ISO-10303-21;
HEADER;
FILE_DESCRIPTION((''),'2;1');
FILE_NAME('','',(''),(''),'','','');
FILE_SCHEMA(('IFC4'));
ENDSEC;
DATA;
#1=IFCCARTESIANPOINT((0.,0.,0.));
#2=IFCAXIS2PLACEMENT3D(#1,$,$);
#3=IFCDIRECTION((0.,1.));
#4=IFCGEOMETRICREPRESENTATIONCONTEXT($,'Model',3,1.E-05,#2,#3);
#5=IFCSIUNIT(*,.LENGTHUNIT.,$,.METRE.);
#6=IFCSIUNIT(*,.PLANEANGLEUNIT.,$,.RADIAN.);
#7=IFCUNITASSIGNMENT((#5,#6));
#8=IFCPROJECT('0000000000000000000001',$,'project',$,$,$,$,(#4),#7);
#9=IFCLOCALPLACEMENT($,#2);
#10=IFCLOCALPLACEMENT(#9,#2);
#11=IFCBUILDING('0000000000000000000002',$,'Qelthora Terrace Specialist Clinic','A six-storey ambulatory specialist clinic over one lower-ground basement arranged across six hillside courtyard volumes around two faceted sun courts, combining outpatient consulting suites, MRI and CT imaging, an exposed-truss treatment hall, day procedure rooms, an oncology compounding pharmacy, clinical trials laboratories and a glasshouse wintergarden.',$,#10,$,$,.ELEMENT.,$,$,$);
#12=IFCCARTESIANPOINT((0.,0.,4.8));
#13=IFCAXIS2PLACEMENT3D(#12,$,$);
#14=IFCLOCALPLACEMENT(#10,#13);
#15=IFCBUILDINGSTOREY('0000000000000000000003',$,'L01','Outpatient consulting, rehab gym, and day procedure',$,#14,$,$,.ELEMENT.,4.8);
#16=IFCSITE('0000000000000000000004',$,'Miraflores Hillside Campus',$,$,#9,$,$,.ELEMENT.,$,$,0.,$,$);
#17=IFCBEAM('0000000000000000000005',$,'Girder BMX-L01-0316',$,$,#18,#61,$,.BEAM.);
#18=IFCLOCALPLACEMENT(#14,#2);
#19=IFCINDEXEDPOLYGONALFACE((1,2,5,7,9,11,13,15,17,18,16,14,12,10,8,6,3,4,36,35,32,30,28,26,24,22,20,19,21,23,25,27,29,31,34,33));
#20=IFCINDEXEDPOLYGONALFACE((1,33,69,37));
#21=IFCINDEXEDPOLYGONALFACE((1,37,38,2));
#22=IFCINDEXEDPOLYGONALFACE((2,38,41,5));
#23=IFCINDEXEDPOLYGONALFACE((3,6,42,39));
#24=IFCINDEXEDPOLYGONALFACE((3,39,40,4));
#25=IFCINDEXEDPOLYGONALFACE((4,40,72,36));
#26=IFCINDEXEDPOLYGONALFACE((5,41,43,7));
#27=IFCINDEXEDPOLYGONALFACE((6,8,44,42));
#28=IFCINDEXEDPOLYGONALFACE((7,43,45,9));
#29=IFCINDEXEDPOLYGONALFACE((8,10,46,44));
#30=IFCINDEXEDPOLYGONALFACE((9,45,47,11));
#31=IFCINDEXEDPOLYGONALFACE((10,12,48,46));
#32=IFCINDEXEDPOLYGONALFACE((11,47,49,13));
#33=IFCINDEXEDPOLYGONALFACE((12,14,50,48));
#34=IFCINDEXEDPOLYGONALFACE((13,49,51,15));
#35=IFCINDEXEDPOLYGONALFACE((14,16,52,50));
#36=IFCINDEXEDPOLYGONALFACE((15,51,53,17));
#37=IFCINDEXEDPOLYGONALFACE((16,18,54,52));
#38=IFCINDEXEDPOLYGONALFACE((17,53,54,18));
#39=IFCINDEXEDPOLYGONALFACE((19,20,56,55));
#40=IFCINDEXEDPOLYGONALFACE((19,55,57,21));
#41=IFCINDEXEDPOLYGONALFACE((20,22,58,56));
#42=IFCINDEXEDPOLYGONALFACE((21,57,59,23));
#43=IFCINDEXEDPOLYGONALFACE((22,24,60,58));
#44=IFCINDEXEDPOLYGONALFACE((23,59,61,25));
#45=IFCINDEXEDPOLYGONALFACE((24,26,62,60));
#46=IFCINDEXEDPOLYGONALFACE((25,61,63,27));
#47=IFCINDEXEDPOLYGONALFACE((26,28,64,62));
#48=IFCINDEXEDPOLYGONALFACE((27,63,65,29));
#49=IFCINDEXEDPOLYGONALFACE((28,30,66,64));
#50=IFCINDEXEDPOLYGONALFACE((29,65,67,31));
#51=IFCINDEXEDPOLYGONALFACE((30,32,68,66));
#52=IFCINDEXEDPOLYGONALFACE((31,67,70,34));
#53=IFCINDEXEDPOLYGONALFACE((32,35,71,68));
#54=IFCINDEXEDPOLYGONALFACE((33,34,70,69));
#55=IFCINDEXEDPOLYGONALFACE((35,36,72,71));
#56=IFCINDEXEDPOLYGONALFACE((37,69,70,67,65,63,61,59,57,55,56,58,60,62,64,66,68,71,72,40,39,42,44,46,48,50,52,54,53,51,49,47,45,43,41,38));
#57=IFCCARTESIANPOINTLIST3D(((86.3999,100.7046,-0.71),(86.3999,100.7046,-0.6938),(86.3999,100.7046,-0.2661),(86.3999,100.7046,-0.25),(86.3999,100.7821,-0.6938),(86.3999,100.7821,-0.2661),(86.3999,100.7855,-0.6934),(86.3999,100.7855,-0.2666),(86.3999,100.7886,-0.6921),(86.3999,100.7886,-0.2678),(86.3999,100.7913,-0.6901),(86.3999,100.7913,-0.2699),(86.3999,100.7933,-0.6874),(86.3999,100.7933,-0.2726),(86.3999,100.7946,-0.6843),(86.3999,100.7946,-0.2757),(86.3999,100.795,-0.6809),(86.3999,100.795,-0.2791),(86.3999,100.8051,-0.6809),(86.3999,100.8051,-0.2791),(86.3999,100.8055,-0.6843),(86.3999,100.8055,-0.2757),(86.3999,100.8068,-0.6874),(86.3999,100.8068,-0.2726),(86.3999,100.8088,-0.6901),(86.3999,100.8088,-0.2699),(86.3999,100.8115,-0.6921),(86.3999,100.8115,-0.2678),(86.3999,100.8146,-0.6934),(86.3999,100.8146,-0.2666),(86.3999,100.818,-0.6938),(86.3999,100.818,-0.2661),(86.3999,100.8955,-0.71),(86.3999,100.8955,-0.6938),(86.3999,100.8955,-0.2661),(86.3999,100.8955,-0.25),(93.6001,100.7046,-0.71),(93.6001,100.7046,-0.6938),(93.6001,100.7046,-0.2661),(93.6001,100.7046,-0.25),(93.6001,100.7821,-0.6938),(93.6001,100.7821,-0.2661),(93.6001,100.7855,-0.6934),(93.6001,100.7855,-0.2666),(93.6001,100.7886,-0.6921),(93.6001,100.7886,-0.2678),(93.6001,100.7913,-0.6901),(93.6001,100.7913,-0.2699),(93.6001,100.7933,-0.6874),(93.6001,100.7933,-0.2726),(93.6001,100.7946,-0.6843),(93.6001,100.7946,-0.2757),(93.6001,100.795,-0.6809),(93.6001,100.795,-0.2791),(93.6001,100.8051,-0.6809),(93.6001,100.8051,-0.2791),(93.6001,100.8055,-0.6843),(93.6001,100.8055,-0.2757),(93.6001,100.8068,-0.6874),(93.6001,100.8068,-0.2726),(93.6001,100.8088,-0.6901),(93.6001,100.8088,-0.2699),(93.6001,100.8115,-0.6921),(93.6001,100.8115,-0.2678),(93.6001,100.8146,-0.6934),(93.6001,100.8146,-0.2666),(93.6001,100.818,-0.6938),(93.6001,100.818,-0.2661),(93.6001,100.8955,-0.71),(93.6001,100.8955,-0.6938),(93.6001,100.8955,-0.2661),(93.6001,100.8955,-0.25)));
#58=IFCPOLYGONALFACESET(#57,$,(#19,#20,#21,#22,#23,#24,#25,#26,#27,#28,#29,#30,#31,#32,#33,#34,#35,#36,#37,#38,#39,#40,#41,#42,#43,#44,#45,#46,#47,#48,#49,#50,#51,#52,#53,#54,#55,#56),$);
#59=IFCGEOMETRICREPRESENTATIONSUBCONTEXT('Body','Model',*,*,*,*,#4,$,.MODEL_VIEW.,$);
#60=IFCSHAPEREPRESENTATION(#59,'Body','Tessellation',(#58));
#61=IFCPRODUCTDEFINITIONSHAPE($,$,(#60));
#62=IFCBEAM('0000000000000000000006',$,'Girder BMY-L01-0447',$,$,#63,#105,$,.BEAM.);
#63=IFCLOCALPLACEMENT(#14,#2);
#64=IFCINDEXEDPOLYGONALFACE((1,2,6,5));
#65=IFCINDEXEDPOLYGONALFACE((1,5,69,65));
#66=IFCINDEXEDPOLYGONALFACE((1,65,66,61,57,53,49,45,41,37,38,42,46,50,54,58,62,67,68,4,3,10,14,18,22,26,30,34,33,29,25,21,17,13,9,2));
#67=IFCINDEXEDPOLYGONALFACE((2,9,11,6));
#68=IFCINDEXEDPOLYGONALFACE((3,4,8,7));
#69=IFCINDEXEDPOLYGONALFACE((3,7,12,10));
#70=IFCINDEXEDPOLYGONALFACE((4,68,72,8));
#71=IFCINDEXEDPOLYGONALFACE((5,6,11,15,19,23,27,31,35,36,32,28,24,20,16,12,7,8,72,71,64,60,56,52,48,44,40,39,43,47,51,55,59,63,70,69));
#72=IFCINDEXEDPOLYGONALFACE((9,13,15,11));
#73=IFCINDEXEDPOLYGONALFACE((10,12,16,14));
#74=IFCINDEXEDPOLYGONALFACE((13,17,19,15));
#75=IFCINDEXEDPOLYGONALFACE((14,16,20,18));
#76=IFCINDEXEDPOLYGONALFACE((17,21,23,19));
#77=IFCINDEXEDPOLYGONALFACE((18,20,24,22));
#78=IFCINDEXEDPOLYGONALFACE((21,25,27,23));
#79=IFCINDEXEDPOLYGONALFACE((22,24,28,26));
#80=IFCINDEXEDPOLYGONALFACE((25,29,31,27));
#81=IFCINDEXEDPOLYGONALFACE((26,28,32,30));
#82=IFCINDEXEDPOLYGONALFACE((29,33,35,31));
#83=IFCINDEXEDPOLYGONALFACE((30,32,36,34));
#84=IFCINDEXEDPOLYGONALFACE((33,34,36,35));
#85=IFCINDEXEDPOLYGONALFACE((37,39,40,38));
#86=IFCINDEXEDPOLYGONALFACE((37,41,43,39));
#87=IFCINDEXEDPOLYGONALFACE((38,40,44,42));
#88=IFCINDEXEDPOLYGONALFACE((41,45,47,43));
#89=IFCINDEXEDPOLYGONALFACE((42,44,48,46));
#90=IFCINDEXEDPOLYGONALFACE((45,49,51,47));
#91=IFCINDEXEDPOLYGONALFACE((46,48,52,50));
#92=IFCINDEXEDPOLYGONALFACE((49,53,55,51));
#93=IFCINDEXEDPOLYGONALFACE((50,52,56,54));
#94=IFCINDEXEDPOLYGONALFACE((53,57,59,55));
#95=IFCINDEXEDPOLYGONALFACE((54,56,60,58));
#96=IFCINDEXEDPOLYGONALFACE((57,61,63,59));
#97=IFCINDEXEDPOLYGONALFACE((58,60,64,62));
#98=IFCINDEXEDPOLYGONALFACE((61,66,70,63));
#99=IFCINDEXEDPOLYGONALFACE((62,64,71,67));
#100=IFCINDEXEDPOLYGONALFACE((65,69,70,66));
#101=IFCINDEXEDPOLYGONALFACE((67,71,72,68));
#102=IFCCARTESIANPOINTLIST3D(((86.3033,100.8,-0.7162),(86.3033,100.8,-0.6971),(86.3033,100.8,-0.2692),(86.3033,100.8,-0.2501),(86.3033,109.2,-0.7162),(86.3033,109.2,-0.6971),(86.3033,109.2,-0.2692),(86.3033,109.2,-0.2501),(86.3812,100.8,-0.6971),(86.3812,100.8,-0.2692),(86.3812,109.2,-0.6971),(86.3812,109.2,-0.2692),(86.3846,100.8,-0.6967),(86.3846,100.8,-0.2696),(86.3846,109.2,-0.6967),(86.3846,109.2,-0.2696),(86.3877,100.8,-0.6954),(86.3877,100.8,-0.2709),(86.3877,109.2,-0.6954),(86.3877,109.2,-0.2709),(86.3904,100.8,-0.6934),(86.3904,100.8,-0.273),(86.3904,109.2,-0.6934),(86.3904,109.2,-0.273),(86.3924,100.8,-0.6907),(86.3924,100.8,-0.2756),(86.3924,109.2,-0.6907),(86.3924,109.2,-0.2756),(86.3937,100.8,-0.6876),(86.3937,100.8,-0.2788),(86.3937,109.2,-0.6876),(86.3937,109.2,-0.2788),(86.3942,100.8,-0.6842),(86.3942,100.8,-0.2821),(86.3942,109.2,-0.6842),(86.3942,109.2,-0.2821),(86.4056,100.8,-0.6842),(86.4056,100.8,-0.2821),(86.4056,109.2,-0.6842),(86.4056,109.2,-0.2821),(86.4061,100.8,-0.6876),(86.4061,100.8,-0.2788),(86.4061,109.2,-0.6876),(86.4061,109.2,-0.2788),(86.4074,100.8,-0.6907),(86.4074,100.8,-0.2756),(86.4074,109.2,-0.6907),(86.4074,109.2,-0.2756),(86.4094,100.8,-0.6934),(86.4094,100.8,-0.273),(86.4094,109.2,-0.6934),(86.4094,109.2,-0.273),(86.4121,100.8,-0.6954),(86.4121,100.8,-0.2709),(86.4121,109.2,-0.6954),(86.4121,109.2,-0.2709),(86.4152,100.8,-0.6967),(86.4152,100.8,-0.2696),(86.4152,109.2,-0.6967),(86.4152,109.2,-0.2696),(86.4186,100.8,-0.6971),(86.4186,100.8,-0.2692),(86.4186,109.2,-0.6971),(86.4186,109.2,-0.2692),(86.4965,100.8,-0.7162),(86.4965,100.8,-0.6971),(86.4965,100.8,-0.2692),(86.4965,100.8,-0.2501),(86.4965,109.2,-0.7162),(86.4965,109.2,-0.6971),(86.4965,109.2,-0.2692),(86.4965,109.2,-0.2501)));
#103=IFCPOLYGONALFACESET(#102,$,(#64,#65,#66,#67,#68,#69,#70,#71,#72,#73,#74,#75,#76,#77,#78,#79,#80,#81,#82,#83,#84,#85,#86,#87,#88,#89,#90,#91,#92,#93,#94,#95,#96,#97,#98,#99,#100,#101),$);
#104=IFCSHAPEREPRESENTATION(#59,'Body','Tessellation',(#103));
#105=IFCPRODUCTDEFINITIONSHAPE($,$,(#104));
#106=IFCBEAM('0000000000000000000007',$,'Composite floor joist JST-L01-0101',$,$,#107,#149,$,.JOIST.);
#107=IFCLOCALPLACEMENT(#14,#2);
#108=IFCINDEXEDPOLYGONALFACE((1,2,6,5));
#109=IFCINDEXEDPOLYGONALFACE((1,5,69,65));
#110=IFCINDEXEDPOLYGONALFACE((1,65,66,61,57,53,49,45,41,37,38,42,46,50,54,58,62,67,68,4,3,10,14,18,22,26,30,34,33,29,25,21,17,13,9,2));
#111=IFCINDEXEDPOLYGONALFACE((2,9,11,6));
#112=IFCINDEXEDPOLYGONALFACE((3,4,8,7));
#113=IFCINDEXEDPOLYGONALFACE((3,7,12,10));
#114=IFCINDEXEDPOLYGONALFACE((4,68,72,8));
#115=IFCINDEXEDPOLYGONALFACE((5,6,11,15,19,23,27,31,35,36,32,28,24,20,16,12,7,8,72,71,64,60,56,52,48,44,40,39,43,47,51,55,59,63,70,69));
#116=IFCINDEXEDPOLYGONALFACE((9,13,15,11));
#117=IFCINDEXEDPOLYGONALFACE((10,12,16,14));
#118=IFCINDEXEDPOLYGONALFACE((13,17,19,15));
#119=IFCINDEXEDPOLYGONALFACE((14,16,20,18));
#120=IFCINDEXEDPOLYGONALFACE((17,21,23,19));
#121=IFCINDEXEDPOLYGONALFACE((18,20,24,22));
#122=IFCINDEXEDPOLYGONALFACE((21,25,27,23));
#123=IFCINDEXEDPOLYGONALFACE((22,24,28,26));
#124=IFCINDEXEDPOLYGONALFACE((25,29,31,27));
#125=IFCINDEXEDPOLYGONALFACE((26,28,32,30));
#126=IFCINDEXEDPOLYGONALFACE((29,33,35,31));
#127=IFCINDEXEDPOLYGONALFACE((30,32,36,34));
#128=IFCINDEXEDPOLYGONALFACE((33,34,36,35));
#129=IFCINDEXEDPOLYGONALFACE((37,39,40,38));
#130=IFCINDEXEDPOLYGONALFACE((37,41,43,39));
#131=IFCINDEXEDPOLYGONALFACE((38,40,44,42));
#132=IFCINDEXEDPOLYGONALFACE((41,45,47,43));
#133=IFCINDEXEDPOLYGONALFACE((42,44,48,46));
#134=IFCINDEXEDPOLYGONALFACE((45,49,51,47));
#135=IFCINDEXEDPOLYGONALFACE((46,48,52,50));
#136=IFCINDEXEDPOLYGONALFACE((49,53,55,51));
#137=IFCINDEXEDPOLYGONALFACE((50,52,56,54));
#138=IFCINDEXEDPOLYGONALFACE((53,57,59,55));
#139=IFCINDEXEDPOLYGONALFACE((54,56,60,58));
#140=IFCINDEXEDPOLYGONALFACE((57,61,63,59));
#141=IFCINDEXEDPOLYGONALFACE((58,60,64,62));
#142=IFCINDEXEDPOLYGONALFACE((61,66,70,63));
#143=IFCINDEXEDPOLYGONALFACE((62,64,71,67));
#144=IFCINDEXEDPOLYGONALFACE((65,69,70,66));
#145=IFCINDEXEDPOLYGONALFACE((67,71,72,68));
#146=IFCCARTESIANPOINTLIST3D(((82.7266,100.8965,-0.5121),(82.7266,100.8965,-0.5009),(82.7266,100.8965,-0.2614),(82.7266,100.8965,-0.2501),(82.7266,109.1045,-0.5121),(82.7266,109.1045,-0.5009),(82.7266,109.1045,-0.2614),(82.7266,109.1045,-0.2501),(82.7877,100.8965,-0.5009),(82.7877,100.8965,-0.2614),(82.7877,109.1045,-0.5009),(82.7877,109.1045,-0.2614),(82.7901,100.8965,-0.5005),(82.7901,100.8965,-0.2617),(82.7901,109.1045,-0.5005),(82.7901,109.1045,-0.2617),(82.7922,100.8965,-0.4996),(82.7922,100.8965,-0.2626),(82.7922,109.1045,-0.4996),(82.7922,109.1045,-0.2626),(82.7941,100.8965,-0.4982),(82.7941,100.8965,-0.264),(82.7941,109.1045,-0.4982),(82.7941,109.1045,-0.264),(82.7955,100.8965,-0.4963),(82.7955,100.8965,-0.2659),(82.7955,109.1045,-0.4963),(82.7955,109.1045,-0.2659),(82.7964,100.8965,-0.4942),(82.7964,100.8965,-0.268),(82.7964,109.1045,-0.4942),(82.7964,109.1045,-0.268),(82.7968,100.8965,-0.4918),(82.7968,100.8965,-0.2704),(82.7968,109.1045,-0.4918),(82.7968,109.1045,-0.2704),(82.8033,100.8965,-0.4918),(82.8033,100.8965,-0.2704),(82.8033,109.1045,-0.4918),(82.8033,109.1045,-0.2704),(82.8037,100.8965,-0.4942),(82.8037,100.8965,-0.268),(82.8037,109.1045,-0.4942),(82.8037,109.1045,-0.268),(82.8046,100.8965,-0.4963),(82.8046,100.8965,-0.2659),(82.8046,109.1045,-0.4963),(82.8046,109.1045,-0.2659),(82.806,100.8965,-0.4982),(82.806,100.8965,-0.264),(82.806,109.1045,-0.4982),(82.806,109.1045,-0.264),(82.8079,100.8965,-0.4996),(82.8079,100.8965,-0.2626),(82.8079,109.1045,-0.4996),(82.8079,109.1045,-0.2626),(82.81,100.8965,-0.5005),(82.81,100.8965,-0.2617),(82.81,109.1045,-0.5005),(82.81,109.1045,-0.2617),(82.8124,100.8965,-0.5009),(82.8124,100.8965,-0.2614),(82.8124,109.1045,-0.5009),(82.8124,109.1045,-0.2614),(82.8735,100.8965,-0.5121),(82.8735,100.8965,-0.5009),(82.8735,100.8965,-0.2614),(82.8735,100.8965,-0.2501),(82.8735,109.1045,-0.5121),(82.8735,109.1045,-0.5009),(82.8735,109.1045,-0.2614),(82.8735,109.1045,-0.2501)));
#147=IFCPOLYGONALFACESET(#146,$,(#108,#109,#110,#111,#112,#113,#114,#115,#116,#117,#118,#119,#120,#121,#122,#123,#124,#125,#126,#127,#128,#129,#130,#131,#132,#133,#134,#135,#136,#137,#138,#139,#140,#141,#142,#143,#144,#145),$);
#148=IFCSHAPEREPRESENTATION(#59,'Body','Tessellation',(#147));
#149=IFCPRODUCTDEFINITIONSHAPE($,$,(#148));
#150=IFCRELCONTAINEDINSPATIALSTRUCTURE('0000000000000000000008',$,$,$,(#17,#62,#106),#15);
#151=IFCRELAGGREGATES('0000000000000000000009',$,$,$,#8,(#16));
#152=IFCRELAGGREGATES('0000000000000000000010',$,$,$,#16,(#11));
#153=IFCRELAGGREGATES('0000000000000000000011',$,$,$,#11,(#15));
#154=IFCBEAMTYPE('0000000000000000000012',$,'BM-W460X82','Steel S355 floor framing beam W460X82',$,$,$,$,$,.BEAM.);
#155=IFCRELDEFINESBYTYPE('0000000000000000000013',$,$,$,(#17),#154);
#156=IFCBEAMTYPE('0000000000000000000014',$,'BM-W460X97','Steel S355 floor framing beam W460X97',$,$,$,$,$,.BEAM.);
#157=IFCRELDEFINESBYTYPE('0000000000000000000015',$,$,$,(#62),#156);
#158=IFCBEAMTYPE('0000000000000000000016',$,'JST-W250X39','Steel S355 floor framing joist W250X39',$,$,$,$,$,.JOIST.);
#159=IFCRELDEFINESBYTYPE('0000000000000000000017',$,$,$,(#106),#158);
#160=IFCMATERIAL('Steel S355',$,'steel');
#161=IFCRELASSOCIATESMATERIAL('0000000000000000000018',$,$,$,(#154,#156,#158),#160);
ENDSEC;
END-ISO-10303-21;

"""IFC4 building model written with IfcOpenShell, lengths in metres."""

from ifc_helpers import new_model, si_unit, direction, frame, origin, origin_2d, place, context, subcontext, project, spatial, i_section, extrude, material, material_profile, profile_set, type_object, element, save


model = new_model("IFC4")

# Units and contexts
model_context = context("Model", 3, precision=1e-05, world=origin(), true_north=direction((0.0, 1.0)))
body_context = subcontext(model_context, "Body", "Model", "MODEL_VIEW")
ifc_project = project(units=[si_unit("LENGTHUNIT", "METRE"), si_unit("PLANEANGLEUNIT", "RADIAN")], contexts=[model_context])

# Site, building, storey
site_placement = place(None, origin())
site = spatial("IfcSite", under=ifc_project, at=site_placement, Name="Miraflores Hillside Campus", CompositionType="ELEMENT", RefElevation=0.0)
building_placement = place(site_placement, origin())
building = spatial("IfcBuilding", under=site, at=building_placement, Name="Qelthora Terrace Specialist Clinic", Description="A six-storey ambulatory specialist clinic over one lower-ground basement arranged across six hillside courtyard volumes around two faceted sun courts, combining outpatient consulting suites, MRI and CT imaging, an exposed-truss treatment hall, day procedure rooms, an oncology compounding pharmacy, clinical trials laboratories and a glasshouse wintergarden.", CompositionType="ELEMENT")
storey_placement = place(building_placement, frame((0.0, 0.0, 4.8)))
storey = spatial("IfcBuildingStorey", under=building, at=storey_placement, Name="L01", Description="Outpatient consulting, rehab gym, and day procedure", CompositionType="ELEMENT", Elevation=4.8)

# Shared definitions
ifc_material_1 = material(Name="Steel S355", Category="steel")

# Beams
ifc_material_profile_1 = material_profile(ifc_material_1, i_section(OverallWidth=0.1909, OverallDepth=0.46, WebThickness=0.01, FlangeThickness=0.0161, FilletRadius=0.0129, at=origin_2d()), Name="W460X82")
ifc_profile_set_1 = profile_set([ifc_material_profile_1], Name="Steel S355")
beam_type_1 = type_object("IfcBeamType", Name="BM-W460X82", Description="Steel S355 floor framing beam W460X82", PredefinedType="BEAM", material=ifc_profile_set_1)
beam_1_placement = place(storey_placement, frame((86.3999, 100.8, -0.48), z_axis=(1.0, 0.0, 0.0), x_axis=(0.0, 1.0, 0.0)))
element("IfcBeam", 1, at=beam_1_placement, inside=storey, type_object=beam_type_1, Name="Girder BMX-L01-0316", PredefinedType="BEAM", context=body_context, shape_type="SweptSolid", body=[
    extrude(i_section(OverallWidth=0.1909, OverallDepth=0.46, WebThickness=0.01, FlangeThickness=0.0161, FilletRadius=0.0129, at=origin_2d()), origin(), (0.0, 0.0, 1.0), 7.2002),
])
ifc_material_profile_2 = material_profile(ifc_material_1, i_section(OverallWidth=0.1931, OverallDepth=0.4661, WebThickness=0.0115, FlangeThickness=0.019, FilletRadius=0.0129, at=origin_2d()), Name="W460X97")
ifc_profile_set_2 = profile_set([ifc_material_profile_2], Name="Steel S355")
beam_type_2 = type_object("IfcBeamType", Name="BM-W460X97", Description="Steel S355 floor framing beam W460X97", PredefinedType="BEAM", material=ifc_profile_set_2)
beam_2_placement = place(storey_placement, frame((86.3999, 100.8, -0.4832), z_axis=(0.0, 1.0, 0.0), x_axis=(-1.0, 0.0, 0.0)))
element("IfcBeam", 2, at=beam_2_placement, inside=storey, type_object=beam_type_2, Name="Girder BMY-L01-0447", PredefinedType="BEAM", context=body_context, shape_type="SweptSolid", body=[
    extrude(i_section(OverallWidth=0.1931, OverallDepth=0.4661, WebThickness=0.0115, FlangeThickness=0.019, FilletRadius=0.0129, at=origin_2d()), origin(), (0.0, 0.0, 1.0), 8.3999),
])
ifc_material_profile_3 = material_profile(ifc_material_1, i_section(OverallWidth=0.147, OverallDepth=0.262, WebThickness=0.0066, FlangeThickness=0.0112, FilletRadius=0.009, at=origin_2d()), Name="W250X39")
ifc_profile_set_3 = profile_set([ifc_material_profile_3], Name="Steel S355")
beam_type_3 = type_object("IfcBeamType", Name="JST-W250X39", Description="Steel S355 floor framing joist W250X39", PredefinedType="JOIST", material=ifc_profile_set_3)
beam_3_placement = place(storey_placement, frame((82.8, 100.8965, -0.3811), z_axis=(0.0, 1.0, 0.0), x_axis=(-1.0, 0.0, 0.0)))
element("IfcBeam", 3, at=beam_3_placement, inside=storey, type_object=beam_type_3, Name="Composite floor joist JST-L01-0101", PredefinedType="JOIST", context=body_context, shape_type="SweptSolid", body=[
    extrude(i_section(OverallWidth=0.147, OverallDepth=0.262, WebThickness=0.0066, FlangeThickness=0.0112, FilletRadius=0.009, at=origin_2d()), origin(), (0.0, 0.0, 1.0), 8.208),
])

save(model, "model.ifc")
